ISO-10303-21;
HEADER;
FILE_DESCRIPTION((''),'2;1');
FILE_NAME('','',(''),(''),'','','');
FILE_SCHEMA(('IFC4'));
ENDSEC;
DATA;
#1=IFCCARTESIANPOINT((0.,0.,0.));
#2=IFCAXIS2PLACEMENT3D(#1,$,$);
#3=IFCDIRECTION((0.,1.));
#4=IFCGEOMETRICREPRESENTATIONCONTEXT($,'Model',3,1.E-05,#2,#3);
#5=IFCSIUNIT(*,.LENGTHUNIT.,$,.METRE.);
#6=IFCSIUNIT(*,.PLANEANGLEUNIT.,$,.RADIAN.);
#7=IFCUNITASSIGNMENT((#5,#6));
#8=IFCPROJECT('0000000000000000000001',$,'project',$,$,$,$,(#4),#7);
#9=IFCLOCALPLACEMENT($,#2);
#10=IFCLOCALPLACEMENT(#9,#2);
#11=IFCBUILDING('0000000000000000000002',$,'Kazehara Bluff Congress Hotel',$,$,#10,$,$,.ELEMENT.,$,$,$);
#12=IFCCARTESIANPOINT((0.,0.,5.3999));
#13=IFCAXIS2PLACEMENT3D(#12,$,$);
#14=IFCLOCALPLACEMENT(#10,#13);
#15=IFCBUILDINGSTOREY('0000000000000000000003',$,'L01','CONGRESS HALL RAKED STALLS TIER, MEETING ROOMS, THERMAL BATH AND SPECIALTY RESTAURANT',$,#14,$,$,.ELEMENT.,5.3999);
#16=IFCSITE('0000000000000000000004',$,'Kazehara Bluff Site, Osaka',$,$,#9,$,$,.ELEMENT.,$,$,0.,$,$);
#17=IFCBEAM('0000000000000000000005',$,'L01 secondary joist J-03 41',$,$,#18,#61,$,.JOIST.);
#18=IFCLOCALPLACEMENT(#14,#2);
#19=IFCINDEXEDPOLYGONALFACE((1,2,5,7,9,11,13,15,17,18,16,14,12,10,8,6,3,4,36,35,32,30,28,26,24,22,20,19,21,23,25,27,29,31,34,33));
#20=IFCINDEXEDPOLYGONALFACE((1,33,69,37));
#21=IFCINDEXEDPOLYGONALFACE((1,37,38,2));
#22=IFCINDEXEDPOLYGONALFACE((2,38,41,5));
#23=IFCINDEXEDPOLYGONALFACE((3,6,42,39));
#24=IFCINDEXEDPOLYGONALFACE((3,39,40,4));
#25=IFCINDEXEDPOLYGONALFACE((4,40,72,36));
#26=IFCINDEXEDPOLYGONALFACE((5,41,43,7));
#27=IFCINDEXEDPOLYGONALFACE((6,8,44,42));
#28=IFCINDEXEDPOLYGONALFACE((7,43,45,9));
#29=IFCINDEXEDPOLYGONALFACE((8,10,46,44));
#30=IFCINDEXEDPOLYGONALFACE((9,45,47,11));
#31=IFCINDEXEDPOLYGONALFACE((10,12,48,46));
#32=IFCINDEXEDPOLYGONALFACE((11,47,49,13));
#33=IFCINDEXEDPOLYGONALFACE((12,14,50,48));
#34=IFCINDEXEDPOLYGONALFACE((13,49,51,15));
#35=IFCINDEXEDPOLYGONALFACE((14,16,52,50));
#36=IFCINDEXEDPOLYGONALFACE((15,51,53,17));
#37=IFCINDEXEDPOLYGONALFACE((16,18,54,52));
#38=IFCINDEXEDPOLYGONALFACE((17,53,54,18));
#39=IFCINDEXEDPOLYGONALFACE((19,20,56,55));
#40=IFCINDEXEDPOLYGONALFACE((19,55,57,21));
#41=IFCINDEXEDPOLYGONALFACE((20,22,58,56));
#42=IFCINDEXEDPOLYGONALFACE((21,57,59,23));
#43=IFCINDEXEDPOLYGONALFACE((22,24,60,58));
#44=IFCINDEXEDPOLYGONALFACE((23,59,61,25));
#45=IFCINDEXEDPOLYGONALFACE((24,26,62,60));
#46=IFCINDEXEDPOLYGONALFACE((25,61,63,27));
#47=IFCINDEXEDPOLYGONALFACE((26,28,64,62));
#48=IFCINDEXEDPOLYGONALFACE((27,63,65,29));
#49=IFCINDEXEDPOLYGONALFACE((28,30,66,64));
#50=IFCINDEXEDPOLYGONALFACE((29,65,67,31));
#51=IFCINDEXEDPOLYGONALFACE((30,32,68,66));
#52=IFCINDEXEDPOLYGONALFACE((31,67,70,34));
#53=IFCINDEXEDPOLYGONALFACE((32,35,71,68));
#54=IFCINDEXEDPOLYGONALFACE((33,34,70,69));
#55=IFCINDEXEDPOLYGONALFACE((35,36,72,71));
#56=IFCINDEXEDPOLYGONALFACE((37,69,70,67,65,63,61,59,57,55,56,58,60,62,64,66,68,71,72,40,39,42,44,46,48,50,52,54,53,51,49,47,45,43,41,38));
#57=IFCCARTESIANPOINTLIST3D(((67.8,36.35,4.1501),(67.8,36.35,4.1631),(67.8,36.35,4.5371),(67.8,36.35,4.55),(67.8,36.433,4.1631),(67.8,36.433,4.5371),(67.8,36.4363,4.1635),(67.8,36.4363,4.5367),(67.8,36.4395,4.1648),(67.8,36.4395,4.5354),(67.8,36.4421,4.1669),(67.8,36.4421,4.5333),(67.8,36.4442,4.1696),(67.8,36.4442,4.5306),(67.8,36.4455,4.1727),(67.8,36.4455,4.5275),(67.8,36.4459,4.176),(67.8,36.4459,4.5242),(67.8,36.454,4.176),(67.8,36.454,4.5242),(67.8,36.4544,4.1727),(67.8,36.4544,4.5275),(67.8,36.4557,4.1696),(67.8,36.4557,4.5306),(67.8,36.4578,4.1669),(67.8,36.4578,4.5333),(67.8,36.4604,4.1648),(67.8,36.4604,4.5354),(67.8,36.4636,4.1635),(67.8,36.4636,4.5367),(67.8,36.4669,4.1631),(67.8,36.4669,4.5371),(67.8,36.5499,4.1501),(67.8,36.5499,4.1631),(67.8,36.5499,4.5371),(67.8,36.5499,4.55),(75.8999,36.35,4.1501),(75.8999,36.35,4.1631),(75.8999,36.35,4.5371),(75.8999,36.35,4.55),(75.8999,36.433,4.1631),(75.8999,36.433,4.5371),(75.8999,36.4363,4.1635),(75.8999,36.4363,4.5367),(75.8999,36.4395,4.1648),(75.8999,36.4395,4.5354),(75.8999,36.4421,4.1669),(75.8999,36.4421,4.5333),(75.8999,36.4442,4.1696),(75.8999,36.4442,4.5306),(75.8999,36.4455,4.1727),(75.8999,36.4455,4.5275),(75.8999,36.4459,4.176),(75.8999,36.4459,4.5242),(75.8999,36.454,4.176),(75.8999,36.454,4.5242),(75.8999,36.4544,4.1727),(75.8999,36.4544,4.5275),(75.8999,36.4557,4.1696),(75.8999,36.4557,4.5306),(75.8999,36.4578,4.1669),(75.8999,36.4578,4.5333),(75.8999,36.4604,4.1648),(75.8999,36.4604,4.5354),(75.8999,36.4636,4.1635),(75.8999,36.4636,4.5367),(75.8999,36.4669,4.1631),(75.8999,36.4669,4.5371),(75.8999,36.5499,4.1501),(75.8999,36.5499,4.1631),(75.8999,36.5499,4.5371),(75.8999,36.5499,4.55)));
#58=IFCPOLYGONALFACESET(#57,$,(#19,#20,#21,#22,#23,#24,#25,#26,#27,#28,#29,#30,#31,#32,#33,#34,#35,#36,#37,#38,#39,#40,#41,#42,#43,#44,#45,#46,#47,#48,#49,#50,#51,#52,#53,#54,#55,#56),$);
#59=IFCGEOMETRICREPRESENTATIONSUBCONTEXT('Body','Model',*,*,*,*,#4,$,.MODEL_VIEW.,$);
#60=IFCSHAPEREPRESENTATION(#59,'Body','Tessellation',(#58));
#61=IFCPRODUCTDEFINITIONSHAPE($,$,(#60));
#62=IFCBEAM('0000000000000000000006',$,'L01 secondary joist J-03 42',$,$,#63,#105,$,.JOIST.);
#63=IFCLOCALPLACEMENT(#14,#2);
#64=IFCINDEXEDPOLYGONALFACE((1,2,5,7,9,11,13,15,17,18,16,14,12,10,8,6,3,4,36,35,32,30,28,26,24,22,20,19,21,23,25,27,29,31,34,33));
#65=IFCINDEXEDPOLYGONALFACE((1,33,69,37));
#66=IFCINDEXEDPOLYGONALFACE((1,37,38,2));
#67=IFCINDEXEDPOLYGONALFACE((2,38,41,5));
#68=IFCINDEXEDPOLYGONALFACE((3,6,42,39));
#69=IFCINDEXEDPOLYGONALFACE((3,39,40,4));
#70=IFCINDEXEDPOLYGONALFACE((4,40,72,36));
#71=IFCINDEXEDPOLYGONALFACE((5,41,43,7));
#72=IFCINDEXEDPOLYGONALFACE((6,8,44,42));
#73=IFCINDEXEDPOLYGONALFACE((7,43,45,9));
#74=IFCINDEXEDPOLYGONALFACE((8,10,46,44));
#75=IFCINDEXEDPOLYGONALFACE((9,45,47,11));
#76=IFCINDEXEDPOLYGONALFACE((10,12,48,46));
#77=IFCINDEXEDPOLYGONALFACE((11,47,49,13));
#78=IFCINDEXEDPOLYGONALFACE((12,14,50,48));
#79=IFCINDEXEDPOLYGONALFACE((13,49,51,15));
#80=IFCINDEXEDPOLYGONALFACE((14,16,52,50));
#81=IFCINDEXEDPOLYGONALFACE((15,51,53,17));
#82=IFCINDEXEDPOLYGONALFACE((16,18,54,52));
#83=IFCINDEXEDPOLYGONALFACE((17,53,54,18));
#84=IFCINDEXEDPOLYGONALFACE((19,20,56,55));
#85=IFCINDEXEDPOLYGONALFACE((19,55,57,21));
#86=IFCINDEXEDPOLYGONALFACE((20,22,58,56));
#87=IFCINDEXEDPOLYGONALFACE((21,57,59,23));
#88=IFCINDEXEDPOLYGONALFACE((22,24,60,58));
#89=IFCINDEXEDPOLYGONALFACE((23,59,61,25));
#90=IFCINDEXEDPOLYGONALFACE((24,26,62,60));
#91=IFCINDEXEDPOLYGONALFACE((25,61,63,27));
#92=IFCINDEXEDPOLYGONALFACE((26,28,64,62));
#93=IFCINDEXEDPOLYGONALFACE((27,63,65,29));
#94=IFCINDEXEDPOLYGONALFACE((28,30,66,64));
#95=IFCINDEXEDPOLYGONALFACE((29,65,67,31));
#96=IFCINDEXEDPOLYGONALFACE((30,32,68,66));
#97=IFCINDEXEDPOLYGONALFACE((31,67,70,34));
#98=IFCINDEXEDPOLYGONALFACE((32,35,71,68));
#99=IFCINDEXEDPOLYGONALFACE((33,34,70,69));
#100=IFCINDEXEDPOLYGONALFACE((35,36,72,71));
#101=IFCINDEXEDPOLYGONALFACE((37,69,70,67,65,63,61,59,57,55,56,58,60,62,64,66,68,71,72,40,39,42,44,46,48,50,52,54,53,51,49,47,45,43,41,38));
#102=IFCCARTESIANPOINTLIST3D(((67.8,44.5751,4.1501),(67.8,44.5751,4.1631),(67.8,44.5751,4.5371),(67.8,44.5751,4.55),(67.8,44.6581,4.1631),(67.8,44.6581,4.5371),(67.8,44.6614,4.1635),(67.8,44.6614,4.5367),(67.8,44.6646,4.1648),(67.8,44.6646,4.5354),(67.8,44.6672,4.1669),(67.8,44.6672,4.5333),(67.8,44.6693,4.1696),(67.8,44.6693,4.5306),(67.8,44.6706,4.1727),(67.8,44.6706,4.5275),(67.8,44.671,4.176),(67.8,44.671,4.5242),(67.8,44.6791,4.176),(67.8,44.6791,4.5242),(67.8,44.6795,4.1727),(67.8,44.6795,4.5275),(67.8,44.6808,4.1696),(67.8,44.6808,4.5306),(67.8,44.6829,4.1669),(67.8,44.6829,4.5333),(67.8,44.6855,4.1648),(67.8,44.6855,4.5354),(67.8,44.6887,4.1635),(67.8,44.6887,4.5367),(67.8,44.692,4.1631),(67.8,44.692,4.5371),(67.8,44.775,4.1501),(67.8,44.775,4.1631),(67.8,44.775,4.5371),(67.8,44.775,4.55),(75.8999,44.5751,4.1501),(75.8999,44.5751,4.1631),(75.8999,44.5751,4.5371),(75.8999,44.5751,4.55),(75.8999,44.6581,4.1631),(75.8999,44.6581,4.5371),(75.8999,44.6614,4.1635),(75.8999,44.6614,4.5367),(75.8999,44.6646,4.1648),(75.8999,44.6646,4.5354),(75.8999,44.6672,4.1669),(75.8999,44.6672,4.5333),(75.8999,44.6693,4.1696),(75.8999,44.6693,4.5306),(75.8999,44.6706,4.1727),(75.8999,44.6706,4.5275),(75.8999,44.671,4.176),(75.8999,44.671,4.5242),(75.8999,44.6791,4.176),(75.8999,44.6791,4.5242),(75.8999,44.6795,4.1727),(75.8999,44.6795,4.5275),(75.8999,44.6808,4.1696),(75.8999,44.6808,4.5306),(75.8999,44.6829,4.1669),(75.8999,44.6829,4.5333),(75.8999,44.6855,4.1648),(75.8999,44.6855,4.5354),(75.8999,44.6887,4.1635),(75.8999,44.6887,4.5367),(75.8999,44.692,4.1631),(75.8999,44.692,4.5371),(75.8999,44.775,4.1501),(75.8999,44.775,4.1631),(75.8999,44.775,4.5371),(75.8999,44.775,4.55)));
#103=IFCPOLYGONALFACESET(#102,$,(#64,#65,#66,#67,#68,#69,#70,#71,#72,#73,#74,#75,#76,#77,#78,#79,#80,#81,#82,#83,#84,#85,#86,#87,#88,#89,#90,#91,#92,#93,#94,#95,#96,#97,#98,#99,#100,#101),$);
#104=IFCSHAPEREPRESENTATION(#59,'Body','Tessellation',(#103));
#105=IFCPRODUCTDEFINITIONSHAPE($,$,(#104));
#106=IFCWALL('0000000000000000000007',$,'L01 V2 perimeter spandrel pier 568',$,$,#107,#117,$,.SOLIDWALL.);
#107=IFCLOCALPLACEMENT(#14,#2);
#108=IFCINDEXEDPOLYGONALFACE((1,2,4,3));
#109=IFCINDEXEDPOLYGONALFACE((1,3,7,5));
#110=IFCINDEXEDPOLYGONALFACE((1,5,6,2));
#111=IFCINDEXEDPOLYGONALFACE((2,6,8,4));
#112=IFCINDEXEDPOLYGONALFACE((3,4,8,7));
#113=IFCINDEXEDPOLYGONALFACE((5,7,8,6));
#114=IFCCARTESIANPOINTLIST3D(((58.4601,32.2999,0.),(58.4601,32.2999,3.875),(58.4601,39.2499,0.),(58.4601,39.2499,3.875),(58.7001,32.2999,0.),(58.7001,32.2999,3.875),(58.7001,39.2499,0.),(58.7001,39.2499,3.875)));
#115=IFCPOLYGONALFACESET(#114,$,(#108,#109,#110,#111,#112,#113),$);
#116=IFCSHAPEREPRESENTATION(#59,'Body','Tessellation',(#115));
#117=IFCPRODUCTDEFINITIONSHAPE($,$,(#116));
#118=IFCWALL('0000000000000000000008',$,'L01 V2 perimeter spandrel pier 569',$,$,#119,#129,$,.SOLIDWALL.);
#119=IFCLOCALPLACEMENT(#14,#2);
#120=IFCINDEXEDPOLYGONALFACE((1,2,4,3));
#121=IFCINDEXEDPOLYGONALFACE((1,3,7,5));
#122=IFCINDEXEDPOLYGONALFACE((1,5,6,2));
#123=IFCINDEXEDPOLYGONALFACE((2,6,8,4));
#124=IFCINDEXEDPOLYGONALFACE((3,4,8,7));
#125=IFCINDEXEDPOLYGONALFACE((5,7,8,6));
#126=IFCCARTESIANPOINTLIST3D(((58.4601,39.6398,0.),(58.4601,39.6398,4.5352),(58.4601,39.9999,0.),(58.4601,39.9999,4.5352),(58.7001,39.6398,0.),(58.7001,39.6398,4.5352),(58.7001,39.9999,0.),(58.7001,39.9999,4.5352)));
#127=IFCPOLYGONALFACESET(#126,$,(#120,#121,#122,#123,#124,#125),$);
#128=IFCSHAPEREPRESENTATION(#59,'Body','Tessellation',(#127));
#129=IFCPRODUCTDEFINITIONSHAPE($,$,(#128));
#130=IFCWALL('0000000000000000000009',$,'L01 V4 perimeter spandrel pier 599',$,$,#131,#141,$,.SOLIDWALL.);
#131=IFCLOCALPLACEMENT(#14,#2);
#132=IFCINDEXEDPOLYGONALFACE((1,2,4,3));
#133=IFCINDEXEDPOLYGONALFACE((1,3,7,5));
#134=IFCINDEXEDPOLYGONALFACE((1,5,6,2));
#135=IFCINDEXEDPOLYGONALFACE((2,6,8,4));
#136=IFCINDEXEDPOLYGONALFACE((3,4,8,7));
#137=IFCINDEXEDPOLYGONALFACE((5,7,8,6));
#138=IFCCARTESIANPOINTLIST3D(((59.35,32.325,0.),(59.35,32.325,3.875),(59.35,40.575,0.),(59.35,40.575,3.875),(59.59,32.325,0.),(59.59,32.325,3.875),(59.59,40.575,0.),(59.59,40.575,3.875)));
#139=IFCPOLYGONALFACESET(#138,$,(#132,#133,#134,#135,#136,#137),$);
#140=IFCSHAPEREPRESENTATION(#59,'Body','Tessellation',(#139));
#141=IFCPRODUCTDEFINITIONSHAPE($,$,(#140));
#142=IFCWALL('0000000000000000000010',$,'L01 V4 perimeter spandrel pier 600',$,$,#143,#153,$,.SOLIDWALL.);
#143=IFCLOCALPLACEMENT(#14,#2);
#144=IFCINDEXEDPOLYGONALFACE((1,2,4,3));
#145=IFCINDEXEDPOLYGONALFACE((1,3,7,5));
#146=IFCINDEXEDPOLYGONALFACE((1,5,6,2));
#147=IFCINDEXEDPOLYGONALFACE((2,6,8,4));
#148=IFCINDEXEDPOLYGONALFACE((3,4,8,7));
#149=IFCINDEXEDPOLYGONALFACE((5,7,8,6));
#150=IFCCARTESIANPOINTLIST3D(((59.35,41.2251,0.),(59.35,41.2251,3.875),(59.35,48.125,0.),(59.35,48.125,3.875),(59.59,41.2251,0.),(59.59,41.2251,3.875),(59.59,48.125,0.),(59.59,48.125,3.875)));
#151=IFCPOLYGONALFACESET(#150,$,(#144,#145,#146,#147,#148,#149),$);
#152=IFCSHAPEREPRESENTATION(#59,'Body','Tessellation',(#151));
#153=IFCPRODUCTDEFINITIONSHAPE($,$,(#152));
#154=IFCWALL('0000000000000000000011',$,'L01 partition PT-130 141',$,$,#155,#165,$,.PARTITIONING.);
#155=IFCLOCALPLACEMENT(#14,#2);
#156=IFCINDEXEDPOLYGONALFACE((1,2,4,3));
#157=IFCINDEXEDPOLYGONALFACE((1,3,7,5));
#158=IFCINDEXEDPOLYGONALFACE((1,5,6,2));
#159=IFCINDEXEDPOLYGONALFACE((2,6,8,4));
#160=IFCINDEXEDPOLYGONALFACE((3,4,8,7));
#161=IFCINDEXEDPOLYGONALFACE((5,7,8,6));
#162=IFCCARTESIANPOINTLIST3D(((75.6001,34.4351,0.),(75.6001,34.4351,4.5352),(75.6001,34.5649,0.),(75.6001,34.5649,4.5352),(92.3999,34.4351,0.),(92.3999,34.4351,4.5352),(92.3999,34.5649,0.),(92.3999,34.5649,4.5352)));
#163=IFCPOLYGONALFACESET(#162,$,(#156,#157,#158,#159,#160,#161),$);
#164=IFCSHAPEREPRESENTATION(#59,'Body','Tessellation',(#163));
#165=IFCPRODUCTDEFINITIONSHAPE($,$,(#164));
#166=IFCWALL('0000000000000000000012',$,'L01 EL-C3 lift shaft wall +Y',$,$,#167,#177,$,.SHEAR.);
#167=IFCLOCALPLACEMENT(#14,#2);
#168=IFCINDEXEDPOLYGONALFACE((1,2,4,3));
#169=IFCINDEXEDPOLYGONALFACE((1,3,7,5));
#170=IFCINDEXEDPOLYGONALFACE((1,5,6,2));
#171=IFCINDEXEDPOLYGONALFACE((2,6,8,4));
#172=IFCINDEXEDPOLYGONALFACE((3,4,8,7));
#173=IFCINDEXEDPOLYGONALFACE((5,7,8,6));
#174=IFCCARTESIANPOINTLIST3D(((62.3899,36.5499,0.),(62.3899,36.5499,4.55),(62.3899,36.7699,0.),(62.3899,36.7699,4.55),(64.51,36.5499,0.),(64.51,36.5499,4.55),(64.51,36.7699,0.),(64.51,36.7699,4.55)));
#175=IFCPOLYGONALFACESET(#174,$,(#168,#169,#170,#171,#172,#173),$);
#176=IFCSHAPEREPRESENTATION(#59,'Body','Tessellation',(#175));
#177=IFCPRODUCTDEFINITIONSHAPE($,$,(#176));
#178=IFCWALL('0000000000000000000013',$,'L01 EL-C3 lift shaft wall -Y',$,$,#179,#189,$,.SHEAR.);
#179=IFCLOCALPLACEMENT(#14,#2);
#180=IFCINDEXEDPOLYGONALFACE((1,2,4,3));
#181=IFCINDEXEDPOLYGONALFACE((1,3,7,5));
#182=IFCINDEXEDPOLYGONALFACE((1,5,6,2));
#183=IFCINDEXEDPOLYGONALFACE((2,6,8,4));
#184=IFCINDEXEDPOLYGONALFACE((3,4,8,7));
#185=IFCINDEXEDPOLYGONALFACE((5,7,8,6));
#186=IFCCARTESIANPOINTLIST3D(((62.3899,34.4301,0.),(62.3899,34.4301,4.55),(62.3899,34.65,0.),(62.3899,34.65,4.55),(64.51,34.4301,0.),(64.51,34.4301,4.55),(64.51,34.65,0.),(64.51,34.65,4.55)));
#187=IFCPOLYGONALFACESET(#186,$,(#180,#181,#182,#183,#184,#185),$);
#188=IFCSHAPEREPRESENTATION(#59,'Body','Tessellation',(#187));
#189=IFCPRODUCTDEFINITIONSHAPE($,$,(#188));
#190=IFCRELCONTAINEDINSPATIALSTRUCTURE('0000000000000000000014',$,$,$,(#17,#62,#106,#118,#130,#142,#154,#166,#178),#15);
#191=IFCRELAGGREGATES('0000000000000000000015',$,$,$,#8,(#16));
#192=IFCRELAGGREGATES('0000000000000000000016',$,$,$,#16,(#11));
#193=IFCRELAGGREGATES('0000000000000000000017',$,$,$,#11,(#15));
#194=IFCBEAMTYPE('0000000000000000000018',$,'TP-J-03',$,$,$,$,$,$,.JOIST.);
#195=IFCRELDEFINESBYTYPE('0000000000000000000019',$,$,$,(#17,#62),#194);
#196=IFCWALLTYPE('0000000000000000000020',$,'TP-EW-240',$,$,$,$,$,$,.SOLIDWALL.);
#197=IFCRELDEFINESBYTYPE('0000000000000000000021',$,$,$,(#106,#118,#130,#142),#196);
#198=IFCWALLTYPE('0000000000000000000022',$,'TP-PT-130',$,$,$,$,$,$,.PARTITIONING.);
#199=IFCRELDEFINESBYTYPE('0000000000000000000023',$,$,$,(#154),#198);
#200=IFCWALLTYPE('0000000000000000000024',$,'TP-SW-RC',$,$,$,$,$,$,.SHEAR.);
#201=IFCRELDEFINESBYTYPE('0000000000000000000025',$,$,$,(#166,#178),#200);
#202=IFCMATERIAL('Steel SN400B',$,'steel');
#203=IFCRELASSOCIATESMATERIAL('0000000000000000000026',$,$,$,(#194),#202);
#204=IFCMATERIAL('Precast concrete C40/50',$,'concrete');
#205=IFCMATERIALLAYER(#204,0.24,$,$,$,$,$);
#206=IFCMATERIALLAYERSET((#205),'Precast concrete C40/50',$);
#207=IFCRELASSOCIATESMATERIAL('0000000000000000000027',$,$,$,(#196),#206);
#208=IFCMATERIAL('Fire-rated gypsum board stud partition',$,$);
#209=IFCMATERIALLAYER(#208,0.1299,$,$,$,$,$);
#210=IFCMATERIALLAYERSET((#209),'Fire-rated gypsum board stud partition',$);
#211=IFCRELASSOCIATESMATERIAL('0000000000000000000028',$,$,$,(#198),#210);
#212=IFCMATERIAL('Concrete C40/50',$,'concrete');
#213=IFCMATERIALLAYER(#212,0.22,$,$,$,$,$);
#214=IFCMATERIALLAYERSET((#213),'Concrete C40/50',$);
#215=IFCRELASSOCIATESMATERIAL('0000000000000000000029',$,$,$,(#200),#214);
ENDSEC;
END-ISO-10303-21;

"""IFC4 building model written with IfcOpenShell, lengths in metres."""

from ifc_helpers import new_model, si_unit, direction, frame, frame_2d, origin, origin_2d, place, context, subcontext, project, spatial, rectangle, i_section, extrude, material, layer, layer_set, material_profile, profile_set, type_object, element, save


model = new_model("IFC4")

# Units and contexts
model_context = context("Model", 3, precision=1e-05, world=origin(), true_north=direction((0.0, 1.0)))
body_context = subcontext(model_context, "Body", "Model", "MODEL_VIEW")
ifc_project = project(units=[si_unit("LENGTHUNIT", "METRE"), si_unit("PLANEANGLEUNIT", "RADIAN")], contexts=[model_context])

# Site, building, storey
site_placement = place(None, origin())
site = spatial("IfcSite", under=ifc_project, at=site_placement, Name="Kazehara Bluff Site, Osaka", CompositionType="ELEMENT", RefElevation=0.0)
building_placement = place(site_placement, origin())
building = spatial("IfcBuilding", under=site, at=building_placement, Name="Kazehara Bluff Congress Hotel", CompositionType="ELEMENT")
storey_placement = place(building_placement, frame((0.0, 0.0, 5.3999)))
storey = spatial("IfcBuildingStorey", under=building, at=storey_placement, Name="L01", Description="CONGRESS HALL RAKED STALLS TIER, MEETING ROOMS, THERMAL BATH AND SPECIALTY RESTAURANT", CompositionType="ELEMENT", Elevation=5.3999)

# Beams
ifc_material_1 = material(Name="Steel SN400B", Category="steel")
ifc_material_profile_1 = material_profile(ifc_material_1, i_section(OverallWidth=0.2, OverallDepth=0.3999, WebThickness=0.0081, FlangeThickness=0.0129, FilletRadius=0.0129, at=origin_2d()))
ifc_profile_set_1 = profile_set([ifc_material_profile_1], Name="Steel SN400B")
beam_type_1 = type_object("IfcBeamType", Name="TP-J-03", PredefinedType="JOIST", material=ifc_profile_set_1)
for number, where, z_axis, x_axis, name in (
    (1, (67.8, 36.45, 4.3501), (1.0, 0.0, 0.0), (0.0, 1.0, 0.0), "L01 secondary joist J-03 41"),
    (2, (67.8, 44.675, 4.3501), (1.0, 0.0, 0.0), (0.0, 1.0, 0.0), "L01 secondary joist J-03 42"),
):
    element("IfcBeam", number, at=place(storey_placement, frame(where, z_axis=z_axis, x_axis=x_axis)), inside=storey, type_object=beam_type_1, Name=name, PredefinedType="JOIST", context=body_context, shape_type="SweptSolid", body=[
        extrude(i_section(OverallWidth=0.2, OverallDepth=0.3999, WebThickness=0.0081, FlangeThickness=0.0129, FilletRadius=0.0129, at=origin_2d()), origin(), (0.0, 0.0, 1.0), 8.0999),
    ])

# Walls
ifc_material_2 = material(Name="Precast concrete C40/50", Category="concrete")
ifc_layer_1 = layer(ifc_material_2, 0.24)
ifc_layer_set_1 = layer_set([ifc_layer_1], Name="Precast concrete C40/50")
wall_type_1 = type_object("IfcWallType", Name="TP-EW-240", PredefinedType="SOLIDWALL", material=ifc_layer_set_1)
wall_1_placement = place(storey_placement, frame((58.5801, 39.25, 0.0), z_axis=(0.0, 0.0, 1.0), x_axis=(0.0, -1.0, 0.0)))
element("IfcWall", 3, at=wall_1_placement, inside=storey, type_object=wall_type_1, Name="L01 V2 perimeter spandrel pier 568", PredefinedType="SOLIDWALL", context=body_context, shape_type="SweptSolid", body=[
    extrude(rectangle(XDim=6.95, YDim=0.24, at=frame_2d((3.4751, 0.0))), origin(), (0.0, 0.0, 1.0), 3.875),
])
wall_2_placement = place(storey_placement, frame((58.5801, 40.0, 0.0), z_axis=(0.0, 0.0, 1.0), x_axis=(0.0, -1.0, 0.0)))
element("IfcWall", 4, at=wall_2_placement, inside=storey, type_object=wall_type_1, Name="L01 V2 perimeter spandrel pier 569", PredefinedType="SOLIDWALL", context=body_context, shape_type="SweptSolid", body=[
    extrude(rectangle(XDim=0.3601, YDim=0.24, at=frame_2d((0.1802, 0.0))), origin(), (0.0, 0.0, 1.0), 4.5352),
])
wall_3_placement = place(storey_placement, frame((59.47, 32.325, 0.0), z_axis=(0.0, 0.0, 1.0), x_axis=(0.0, 1.0, 0.0)))
element("IfcWall", 5, at=wall_3_placement, inside=storey, type_object=wall_type_1, Name="L01 V4 perimeter spandrel pier 599", PredefinedType="SOLIDWALL", context=body_context, shape_type="SweptSolid", body=[
    extrude(rectangle(XDim=8.25, YDim=0.24, at=frame_2d((4.125, 0.0))), origin(), (0.0, 0.0, 1.0), 3.875),
])
wall_4_placement = place(storey_placement, frame((59.47, 41.2251, 0.0), z_axis=(0.0, 0.0, 1.0), x_axis=(0.0, 1.0, 0.0)))
element("IfcWall", 6, at=wall_4_placement, inside=storey, type_object=wall_type_1, Name="L01 V4 perimeter spandrel pier 600", PredefinedType="SOLIDWALL", context=body_context, shape_type="SweptSolid", body=[
    extrude(rectangle(XDim=6.8999, YDim=0.24, at=frame_2d((3.45, 0.0))), origin(), (0.0, 0.0, 1.0), 3.875),
])
ifc_material_3 = material(Name="Fire-rated gypsum board stud partition")
ifc_layer_2 = layer(ifc_material_3, 0.1299)
ifc_layer_set_2 = layer_set([ifc_layer_2], Name="Fire-rated gypsum board stud partition")
wall_type_2 = type_object("IfcWallType", Name="TP-PT-130", PredefinedType="PARTITIONING", material=ifc_layer_set_2)
wall_5_placement = place(storey_placement, frame((75.6001, 34.5, 0.0), z_axis=(0.0, 0.0, 1.0), x_axis=(1.0, 0.0, 0.0)))
element("IfcWall", 7, at=wall_5_placement, inside=storey, type_object=wall_type_2, Name="L01 partition PT-130 141", PredefinedType="PARTITIONING", context=body_context, shape_type="SweptSolid", body=[
    extrude(rectangle(XDim=16.7998, YDim=0.1299, at=frame_2d((8.3999, 0.0))), origin(), (0.0, 0.0, 1.0), 4.5352),
])
ifc_material_4 = material(Name="Concrete C40/50", Category="concrete")
ifc_layer_3 = layer(ifc_material_4, 0.22)
ifc_layer_set_3 = layer_set([ifc_layer_3], Name="Concrete C40/50")
wall_type_3 = type_object("IfcWallType", Name="TP-SW-RC", PredefinedType="SHEAR", material=ifc_layer_set_3)
for number, where, z_axis, x_axis, name in (
    (8, (62.3899, 36.6599, 0.0), (0.0, 0.0, 1.0), (1.0, 0.0, 0.0), "L01 EL-C3 lift shaft wall +Y"),
    (9, (62.3899, 34.54, 0.0), (0.0, 0.0, 1.0), (1.0, 0.0, 0.0), "L01 EL-C3 lift shaft wall -Y"),
):
    element("IfcWall", number, at=place(storey_placement, frame(where, z_axis=z_axis, x_axis=x_axis)), inside=storey, type_object=wall_type_3, Name=name, PredefinedType="SHEAR", context=body_context, shape_type="SweptSolid", body=[
        extrude(rectangle(XDim=2.1201, YDim=0.22, at=frame_2d((1.0601, 0.0))), origin(), (0.0, 0.0, 1.0), 4.55),
    ])

save(model, "model.ifc")
